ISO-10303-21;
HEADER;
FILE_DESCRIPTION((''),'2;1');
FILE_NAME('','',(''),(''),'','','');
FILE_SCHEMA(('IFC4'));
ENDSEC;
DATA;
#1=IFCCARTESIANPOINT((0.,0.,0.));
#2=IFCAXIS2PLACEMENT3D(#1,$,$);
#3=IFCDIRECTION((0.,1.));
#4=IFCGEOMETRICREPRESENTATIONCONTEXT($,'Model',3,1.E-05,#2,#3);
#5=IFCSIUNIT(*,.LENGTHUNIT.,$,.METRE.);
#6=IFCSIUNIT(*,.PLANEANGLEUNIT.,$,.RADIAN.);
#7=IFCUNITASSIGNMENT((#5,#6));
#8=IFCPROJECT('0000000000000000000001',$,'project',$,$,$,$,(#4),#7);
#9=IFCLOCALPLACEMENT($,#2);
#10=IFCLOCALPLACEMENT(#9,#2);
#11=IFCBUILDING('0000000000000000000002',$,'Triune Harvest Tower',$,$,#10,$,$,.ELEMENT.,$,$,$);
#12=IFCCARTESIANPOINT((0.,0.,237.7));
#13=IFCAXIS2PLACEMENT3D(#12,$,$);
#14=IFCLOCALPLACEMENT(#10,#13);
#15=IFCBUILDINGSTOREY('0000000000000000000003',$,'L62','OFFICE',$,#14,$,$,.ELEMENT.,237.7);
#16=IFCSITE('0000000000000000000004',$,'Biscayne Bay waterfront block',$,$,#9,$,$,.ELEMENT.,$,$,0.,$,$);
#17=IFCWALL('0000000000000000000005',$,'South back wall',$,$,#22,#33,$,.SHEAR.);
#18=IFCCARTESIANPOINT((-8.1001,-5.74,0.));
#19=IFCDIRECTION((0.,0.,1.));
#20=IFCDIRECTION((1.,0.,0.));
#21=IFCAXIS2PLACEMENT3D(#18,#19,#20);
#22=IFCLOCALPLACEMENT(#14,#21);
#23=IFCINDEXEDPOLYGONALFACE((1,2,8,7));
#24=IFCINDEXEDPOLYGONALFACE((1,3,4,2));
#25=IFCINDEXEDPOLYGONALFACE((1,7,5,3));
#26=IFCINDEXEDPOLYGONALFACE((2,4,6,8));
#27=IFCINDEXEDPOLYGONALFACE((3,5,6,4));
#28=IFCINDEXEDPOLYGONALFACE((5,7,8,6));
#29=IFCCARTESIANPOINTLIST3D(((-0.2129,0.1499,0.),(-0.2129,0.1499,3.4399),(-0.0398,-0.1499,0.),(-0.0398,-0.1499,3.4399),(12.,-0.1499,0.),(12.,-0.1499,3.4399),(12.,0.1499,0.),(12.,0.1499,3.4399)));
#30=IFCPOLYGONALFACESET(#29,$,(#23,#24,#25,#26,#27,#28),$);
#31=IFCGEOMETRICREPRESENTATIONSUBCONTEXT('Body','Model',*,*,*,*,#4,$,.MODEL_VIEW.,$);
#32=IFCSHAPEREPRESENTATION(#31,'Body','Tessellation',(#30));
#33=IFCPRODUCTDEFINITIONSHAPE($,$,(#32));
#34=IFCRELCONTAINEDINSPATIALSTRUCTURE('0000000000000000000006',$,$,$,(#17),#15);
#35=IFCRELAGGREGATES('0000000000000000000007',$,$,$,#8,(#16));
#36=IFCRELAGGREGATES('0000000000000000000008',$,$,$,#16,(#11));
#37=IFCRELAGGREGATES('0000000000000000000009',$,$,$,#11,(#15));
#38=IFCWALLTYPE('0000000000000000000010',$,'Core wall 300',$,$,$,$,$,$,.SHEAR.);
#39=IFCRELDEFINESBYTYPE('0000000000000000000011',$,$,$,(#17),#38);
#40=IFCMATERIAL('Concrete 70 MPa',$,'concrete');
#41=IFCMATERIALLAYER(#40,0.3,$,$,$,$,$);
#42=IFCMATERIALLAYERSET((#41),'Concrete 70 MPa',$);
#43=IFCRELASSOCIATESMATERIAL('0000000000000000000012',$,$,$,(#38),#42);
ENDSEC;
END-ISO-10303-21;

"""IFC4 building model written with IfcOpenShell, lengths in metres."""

from ifc_helpers import new_model, si_unit, direction, frame, origin, place, context, subcontext, project, spatial, polyline, outline, extrude, source, transform, mapped, material, layer, layer_set, type_object, element, save


model = new_model("IFC4")

# Units and contexts
model_context = context("Model", 3, precision=1e-05, world=origin(), true_north=direction((0.0, 1.0)))
body_context = subcontext(model_context, "Body", "Model", "MODEL_VIEW")
ifc_project = project(units=[si_unit("LENGTHUNIT", "METRE"), si_unit("PLANEANGLEUNIT", "RADIAN")], contexts=[model_context])

# Site, building, storey
site_placement = place(None, origin())
site = spatial("IfcSite", under=ifc_project, at=site_placement, Name="Biscayne Bay waterfront block", CompositionType="ELEMENT", RefElevation=0.0)
building_placement = place(site_placement, origin())
building = spatial("IfcBuilding", under=site, at=building_placement, Name="Triune Harvest Tower", CompositionType="ELEMENT")
storey_placement = place(building_placement, frame((0.0, 0.0, 237.7)))
storey = spatial("IfcBuildingStorey", under=building, at=storey_placement, Name="L62", Description="OFFICE", CompositionType="ELEMENT", Elevation=237.7)

# Shared definitions
ifc_material_1 = material(Name="Concrete 70 MPa", Category="concrete")
ifc_layer_1 = layer(ifc_material_1, 0.3)
ifc_layer_set_1 = layer_set([ifc_layer_1], Name="Concrete 70 MPa")
wall_type_1 = type_object("IfcWallType", Name="Core wall 300", PredefinedType="SHEAR", material=ifc_layer_set_1)

# Wall
shared_shape_1 = source(origin(), body_context, "Body", "SweptSolid", [
    extrude(outline(polyline([(12.0, -0.1499), (-0.0398, -0.1499), (-0.2129, 0.1499), (12.0, 0.1499), (12.0, -0.1499)])), origin(), (0.0, 0.0, 1.0), 3.4399),
])
wall_1_placement = place(storey_placement, frame((-8.1001, -5.74, 0.0), z_axis=(0.0, 0.0, 1.0), x_axis=(1.0, 0.0, 0.0)))
element("IfcWall", 1, at=wall_1_placement, inside=storey, type_object=wall_type_1, Name="South back wall", PredefinedType="SHEAR", context=body_context, shape_type="MappedRepresentation", body=[
    mapped(shared_shape_1, transform((0.0, 0.0, 0.0), scale=1.0)),
])

save(model, "model.ifc")
